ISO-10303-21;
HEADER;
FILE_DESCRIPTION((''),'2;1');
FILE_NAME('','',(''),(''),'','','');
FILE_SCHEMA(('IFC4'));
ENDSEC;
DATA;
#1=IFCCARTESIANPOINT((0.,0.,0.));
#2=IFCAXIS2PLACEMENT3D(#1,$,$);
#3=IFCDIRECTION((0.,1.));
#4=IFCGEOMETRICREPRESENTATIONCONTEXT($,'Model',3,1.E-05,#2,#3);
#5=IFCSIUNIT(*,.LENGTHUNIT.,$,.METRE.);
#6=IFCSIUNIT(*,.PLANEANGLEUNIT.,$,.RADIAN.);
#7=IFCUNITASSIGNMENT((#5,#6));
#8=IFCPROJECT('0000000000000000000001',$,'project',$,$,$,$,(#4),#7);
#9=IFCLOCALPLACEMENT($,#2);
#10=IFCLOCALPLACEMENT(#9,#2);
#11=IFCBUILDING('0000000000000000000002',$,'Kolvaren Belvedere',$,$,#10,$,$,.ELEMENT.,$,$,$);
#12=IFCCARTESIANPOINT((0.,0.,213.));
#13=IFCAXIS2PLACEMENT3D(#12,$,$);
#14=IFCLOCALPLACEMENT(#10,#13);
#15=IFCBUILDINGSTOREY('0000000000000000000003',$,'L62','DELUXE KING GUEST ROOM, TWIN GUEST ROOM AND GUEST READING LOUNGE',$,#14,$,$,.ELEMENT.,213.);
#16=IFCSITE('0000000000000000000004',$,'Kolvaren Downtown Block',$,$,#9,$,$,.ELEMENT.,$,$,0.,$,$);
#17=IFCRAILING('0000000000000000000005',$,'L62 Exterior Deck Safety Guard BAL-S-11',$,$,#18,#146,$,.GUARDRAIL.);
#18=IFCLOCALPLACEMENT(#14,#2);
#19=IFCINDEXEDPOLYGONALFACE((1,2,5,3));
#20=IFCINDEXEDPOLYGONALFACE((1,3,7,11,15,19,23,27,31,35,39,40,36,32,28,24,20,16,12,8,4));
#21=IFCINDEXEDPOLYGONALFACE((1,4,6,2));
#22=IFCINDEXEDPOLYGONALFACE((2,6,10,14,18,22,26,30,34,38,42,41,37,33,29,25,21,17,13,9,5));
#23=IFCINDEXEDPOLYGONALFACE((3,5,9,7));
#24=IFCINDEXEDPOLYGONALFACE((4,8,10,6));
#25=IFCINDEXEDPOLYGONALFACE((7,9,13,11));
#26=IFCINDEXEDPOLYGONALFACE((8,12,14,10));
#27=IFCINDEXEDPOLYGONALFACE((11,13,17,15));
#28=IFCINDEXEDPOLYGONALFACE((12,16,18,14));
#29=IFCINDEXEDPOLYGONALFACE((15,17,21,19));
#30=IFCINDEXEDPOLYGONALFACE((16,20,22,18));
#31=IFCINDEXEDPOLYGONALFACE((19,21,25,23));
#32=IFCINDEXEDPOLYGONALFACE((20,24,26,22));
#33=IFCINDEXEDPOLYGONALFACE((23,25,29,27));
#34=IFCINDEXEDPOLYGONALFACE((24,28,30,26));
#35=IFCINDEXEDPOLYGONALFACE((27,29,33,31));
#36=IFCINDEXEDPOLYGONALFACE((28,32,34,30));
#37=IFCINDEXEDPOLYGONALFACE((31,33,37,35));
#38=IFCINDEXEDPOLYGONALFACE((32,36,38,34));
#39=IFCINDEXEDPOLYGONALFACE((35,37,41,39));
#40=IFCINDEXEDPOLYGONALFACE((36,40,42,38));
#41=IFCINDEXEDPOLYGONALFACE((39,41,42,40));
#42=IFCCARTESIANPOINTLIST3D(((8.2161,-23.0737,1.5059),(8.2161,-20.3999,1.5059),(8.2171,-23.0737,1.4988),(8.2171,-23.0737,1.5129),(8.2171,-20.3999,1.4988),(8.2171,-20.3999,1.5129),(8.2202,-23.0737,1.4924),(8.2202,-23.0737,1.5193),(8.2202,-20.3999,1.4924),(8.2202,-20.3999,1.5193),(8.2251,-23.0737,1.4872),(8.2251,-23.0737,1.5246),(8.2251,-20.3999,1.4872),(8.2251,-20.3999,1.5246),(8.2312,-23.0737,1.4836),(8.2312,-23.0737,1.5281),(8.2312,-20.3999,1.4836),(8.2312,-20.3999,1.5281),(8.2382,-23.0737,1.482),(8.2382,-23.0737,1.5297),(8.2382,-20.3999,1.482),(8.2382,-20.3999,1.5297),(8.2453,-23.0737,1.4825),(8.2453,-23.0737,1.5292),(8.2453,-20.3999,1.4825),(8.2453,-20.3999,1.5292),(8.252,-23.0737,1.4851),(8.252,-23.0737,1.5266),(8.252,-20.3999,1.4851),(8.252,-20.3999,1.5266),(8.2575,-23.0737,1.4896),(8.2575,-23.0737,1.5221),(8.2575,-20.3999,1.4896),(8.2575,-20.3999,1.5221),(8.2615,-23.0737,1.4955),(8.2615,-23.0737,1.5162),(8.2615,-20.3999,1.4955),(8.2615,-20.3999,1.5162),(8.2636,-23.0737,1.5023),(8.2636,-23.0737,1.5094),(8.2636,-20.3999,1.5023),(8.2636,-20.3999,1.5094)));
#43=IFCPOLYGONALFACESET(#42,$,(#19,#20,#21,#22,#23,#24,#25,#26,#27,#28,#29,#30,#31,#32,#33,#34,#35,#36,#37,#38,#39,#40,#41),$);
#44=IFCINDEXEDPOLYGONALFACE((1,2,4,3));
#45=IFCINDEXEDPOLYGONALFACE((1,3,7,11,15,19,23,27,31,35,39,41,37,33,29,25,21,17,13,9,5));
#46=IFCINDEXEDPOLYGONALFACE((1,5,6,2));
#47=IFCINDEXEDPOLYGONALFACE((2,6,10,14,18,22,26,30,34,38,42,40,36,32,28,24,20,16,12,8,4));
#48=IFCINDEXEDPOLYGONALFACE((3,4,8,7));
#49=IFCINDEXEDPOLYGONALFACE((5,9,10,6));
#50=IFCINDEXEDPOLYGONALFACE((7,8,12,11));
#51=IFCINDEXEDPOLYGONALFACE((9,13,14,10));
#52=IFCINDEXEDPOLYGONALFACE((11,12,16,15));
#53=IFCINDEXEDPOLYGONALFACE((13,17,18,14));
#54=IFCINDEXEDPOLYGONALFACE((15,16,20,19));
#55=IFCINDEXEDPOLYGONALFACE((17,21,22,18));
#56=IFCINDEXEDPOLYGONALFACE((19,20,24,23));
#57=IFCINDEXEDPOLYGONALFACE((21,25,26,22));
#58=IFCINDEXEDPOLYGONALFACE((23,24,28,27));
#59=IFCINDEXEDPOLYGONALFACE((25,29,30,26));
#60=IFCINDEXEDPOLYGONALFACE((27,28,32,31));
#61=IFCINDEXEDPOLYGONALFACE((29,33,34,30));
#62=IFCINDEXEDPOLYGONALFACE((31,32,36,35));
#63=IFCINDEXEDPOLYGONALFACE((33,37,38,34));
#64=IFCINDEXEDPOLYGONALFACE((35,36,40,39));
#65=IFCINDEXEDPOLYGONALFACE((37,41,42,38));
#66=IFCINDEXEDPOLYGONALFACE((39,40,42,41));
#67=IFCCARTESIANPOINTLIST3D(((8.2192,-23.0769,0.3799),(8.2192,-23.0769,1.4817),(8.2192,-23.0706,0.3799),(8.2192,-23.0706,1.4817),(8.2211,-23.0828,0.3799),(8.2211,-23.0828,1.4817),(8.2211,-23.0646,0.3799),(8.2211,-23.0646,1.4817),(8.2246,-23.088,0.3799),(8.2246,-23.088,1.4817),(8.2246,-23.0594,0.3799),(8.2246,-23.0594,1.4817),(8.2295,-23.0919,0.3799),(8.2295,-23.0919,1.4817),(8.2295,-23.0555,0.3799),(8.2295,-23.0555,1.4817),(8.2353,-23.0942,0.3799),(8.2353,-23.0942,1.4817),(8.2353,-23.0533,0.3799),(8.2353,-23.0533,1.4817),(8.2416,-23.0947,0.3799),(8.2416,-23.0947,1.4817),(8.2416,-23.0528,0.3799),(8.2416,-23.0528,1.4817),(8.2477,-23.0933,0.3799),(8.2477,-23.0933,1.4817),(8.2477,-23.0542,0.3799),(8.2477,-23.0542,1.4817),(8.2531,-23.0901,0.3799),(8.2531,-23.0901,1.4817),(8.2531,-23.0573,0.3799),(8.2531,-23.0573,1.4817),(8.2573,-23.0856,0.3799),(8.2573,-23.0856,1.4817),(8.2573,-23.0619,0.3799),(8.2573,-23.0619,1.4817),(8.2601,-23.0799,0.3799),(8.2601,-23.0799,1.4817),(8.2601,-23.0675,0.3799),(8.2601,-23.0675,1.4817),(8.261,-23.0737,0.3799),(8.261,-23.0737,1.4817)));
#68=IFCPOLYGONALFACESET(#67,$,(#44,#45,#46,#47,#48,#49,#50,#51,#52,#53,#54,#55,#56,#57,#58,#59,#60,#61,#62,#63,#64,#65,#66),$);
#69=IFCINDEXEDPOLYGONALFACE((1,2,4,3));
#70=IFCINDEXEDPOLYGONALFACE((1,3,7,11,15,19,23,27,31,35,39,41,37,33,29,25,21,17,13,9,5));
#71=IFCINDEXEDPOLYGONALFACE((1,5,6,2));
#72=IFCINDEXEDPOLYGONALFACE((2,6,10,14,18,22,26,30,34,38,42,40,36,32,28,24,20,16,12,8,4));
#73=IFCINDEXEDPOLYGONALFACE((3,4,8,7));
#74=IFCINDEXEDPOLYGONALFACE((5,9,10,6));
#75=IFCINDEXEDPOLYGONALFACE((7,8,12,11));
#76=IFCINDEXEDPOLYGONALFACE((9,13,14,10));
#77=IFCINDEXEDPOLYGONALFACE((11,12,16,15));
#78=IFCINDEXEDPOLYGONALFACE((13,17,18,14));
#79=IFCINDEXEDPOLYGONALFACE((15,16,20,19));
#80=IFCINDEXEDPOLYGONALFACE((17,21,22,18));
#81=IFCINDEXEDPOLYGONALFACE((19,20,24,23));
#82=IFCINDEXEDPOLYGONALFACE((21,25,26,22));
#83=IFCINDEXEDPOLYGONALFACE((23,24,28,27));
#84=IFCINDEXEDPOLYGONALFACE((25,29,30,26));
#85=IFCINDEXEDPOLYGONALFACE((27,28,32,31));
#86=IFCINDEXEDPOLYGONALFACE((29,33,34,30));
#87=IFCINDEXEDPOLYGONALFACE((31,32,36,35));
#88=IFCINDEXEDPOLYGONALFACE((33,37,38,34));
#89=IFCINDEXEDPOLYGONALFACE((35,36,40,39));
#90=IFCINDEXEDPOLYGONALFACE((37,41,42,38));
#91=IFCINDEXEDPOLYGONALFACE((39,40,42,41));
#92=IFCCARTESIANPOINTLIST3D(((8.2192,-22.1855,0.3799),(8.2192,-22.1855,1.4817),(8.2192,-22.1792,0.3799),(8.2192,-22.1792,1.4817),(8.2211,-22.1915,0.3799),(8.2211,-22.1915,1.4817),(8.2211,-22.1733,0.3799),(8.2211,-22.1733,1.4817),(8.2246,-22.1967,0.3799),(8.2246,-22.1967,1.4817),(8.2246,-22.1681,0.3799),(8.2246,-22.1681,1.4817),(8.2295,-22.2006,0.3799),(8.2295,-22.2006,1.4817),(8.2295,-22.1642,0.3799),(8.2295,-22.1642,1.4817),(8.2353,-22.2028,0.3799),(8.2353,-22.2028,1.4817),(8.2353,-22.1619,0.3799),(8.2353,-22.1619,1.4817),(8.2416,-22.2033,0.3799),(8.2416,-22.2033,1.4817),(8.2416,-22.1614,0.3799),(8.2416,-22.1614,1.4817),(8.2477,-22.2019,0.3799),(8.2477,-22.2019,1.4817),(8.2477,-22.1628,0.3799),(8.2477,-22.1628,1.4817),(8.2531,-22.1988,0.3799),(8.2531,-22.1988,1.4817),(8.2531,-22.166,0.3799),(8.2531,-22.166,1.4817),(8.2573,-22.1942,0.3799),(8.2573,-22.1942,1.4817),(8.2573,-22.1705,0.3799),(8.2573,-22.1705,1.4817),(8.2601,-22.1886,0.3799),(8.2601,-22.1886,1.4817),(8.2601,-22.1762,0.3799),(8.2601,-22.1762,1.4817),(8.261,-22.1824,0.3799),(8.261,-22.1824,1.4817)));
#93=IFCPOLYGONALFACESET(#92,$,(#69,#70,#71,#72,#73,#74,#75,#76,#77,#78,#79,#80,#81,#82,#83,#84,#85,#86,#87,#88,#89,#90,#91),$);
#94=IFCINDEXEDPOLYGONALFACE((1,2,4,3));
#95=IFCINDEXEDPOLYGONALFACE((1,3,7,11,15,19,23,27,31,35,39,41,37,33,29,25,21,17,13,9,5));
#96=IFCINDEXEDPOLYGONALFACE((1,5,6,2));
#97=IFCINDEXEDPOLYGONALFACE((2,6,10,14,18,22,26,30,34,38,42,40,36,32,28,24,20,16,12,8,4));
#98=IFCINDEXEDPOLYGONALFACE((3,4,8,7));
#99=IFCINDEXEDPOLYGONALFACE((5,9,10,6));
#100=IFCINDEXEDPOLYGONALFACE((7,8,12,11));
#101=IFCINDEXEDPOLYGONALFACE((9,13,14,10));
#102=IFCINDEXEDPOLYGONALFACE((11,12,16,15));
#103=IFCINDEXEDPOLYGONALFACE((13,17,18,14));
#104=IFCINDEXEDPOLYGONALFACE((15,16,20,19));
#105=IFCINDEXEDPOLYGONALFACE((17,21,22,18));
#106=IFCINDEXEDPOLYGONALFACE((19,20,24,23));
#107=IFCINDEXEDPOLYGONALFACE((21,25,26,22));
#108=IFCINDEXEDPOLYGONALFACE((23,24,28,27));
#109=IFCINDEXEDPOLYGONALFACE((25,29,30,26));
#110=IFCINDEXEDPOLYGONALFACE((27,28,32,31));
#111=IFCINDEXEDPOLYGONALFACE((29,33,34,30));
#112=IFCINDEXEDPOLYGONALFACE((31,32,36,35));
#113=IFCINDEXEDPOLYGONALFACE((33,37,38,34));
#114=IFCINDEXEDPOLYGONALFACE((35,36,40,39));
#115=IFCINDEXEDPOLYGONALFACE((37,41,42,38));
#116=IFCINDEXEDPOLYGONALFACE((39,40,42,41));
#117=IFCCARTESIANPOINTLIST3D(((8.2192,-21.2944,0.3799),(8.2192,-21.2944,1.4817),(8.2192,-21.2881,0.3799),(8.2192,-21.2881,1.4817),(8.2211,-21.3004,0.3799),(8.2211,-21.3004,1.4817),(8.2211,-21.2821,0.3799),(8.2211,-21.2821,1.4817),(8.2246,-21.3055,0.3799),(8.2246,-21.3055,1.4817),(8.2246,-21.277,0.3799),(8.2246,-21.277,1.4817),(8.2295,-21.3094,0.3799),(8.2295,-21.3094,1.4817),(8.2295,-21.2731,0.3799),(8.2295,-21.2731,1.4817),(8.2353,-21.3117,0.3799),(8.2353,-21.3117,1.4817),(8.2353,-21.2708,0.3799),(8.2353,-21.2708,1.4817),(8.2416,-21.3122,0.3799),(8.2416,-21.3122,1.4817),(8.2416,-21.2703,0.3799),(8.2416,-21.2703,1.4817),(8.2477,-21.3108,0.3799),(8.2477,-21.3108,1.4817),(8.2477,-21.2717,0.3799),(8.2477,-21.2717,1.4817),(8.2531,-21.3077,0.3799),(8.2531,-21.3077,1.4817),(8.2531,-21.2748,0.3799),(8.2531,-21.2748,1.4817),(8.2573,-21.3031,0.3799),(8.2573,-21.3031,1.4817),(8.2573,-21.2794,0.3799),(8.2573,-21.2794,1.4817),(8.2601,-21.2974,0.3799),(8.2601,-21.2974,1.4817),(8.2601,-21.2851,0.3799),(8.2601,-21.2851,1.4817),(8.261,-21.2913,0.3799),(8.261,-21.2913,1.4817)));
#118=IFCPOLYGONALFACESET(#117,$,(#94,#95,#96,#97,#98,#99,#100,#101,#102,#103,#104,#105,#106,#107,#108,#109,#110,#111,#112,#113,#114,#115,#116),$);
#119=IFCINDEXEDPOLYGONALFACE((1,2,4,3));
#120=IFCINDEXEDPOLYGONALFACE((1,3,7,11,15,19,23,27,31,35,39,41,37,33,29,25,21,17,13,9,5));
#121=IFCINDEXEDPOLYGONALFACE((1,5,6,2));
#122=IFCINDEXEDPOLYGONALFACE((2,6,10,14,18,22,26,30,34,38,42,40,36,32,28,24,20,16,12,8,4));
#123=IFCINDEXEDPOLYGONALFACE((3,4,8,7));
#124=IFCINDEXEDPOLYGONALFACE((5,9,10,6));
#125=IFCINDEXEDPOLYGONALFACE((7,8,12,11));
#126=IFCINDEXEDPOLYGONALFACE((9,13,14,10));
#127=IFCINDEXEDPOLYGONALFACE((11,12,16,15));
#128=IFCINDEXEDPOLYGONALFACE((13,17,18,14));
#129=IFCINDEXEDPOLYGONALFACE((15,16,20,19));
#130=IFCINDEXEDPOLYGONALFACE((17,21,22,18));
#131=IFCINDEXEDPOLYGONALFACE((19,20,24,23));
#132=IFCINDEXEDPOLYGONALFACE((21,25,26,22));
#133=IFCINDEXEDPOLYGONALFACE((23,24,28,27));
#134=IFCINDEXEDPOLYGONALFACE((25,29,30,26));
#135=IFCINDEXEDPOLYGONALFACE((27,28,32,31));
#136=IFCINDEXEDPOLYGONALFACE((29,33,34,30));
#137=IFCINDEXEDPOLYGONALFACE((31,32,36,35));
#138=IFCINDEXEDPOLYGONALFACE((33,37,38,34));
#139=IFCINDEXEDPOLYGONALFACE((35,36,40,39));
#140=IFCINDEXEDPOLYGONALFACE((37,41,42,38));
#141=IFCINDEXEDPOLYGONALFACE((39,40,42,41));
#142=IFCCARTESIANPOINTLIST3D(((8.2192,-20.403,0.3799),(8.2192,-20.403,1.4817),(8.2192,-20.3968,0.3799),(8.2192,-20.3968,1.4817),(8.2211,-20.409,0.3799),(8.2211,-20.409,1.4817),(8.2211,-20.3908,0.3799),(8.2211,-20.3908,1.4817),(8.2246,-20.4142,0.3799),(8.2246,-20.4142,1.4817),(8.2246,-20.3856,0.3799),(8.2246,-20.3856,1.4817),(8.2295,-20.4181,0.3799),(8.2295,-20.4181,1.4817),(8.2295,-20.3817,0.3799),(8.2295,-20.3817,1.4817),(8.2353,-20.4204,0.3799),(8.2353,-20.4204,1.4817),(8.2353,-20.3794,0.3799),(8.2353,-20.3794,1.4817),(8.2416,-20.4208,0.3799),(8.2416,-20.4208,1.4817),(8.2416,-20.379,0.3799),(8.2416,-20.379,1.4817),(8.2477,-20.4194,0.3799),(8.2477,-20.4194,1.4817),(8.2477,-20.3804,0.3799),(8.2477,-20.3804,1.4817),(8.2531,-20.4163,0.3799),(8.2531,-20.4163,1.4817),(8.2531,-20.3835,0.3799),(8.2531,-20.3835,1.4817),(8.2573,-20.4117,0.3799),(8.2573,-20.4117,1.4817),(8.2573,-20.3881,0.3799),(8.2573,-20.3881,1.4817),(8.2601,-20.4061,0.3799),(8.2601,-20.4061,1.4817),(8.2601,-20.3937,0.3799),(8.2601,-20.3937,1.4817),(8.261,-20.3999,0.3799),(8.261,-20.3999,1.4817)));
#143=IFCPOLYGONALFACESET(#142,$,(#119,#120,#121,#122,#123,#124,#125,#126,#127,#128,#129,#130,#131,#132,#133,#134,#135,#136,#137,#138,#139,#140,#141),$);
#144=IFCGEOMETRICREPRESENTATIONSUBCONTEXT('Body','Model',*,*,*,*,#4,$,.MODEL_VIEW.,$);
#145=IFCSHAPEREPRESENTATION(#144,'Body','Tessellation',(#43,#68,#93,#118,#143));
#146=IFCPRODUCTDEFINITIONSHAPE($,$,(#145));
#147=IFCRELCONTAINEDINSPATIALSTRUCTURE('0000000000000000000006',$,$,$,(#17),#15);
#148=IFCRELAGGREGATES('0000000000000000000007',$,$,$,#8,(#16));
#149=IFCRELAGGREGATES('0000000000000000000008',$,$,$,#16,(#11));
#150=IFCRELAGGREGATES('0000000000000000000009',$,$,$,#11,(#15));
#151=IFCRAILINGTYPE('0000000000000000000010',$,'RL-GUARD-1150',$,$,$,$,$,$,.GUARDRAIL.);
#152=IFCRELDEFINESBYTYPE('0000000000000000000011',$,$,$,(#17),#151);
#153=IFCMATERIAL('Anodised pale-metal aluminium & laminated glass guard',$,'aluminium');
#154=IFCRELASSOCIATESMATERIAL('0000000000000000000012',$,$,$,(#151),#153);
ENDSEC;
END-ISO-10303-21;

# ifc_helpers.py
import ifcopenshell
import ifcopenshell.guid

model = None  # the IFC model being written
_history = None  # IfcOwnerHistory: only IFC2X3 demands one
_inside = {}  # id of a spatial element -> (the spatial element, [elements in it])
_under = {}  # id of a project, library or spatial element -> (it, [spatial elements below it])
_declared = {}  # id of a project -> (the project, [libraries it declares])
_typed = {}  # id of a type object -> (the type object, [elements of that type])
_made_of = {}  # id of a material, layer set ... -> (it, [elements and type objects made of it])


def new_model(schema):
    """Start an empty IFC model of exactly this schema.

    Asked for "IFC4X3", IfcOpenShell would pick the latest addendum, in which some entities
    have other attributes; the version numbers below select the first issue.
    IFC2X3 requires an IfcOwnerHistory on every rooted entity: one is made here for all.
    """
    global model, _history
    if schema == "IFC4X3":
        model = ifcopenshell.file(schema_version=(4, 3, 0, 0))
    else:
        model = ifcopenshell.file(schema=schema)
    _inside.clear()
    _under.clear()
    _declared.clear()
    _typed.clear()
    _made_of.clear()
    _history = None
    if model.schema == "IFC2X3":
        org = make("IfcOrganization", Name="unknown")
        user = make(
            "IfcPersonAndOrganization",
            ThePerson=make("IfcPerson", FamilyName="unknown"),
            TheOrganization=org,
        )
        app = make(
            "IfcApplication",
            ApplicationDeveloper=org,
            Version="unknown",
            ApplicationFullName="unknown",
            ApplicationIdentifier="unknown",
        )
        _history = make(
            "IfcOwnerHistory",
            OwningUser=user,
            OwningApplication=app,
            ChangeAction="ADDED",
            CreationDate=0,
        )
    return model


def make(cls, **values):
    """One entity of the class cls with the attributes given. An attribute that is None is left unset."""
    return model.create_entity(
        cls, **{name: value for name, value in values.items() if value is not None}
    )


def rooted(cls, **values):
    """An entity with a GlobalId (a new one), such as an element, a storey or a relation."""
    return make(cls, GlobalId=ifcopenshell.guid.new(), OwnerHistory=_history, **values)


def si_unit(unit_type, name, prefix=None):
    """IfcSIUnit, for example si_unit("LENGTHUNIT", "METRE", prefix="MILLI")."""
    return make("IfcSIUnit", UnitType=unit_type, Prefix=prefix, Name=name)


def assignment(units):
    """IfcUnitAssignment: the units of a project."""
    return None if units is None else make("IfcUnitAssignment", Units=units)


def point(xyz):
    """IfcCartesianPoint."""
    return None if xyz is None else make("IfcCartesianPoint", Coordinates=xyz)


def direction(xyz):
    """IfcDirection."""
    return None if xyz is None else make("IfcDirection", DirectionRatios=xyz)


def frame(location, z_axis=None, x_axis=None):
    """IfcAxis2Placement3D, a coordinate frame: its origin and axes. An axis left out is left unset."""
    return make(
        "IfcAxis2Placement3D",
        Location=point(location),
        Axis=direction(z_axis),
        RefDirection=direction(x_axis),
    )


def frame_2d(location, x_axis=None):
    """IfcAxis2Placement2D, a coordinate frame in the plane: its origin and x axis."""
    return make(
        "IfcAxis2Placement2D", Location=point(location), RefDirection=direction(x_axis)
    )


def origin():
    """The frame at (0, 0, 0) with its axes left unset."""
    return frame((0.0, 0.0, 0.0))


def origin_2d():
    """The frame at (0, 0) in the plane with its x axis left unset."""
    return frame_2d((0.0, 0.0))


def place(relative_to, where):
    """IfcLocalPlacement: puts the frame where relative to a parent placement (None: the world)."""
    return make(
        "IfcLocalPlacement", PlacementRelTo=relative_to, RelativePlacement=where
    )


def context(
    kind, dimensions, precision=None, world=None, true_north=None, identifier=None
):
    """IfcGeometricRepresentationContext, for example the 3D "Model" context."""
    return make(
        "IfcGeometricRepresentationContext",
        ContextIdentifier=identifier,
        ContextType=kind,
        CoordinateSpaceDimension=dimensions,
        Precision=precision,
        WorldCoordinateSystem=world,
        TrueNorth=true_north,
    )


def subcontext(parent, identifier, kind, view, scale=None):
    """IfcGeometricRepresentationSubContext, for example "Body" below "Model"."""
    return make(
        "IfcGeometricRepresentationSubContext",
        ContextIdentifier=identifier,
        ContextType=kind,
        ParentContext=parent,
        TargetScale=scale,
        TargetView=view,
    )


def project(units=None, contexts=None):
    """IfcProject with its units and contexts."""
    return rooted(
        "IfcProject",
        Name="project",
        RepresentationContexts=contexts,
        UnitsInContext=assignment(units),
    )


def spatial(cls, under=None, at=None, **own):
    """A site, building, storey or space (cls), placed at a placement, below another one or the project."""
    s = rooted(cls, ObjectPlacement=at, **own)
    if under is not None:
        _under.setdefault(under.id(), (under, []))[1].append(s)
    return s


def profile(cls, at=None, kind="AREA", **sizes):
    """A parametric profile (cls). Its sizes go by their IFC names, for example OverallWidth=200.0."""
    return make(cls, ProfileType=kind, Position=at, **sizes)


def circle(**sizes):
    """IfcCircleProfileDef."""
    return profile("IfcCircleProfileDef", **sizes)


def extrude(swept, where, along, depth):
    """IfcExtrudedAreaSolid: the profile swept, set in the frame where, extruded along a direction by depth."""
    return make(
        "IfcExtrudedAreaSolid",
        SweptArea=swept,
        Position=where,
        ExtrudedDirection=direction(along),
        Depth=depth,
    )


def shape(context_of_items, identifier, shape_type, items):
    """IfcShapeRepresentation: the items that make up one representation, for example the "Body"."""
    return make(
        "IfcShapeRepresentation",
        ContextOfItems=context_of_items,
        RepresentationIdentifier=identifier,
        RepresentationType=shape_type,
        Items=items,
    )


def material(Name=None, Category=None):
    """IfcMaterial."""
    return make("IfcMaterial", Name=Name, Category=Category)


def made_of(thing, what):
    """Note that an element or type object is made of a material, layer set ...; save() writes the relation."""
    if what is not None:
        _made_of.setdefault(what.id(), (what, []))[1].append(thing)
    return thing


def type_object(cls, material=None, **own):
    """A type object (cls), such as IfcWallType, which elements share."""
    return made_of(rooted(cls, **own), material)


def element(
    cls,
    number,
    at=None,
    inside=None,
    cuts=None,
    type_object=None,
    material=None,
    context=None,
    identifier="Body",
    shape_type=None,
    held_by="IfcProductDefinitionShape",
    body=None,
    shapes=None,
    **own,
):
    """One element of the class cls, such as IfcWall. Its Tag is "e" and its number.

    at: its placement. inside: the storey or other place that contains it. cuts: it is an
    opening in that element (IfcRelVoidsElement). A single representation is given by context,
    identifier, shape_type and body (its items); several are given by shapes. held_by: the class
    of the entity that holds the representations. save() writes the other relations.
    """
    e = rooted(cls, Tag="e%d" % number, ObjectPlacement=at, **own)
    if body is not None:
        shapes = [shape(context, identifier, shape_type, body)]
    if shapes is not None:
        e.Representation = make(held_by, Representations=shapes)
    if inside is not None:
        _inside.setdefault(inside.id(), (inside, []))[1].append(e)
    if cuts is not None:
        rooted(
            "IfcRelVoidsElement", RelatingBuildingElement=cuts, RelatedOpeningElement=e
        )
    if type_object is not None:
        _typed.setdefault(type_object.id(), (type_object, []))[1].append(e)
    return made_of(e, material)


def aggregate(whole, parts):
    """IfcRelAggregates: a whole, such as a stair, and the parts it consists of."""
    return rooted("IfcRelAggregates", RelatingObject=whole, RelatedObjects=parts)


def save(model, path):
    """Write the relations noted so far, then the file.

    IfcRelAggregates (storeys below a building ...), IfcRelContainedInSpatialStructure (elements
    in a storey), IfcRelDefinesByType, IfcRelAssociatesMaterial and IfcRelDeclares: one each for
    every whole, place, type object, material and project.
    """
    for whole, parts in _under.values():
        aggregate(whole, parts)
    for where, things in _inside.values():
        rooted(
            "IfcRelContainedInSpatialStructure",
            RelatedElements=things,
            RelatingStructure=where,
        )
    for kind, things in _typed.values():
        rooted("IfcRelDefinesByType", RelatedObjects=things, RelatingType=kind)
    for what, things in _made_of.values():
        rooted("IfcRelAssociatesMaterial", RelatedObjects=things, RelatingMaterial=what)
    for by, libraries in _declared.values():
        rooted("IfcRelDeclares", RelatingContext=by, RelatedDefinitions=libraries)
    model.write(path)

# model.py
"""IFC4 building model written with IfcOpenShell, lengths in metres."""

from ifc_helpers import new_model, si_unit, direction, frame, origin, origin_2d, place, context, subcontext, project, spatial, circle, extrude, material, type_object, element, save


model = new_model("IFC4")

# Units and contexts
model_context = context("Model", 3, precision=1e-05, world=origin(), true_north=direction((0.0, 1.0)))
body_context = subcontext(model_context, "Body", "Model", "MODEL_VIEW")
ifc_project = project(units=[si_unit("LENGTHUNIT", "METRE"), si_unit("PLANEANGLEUNIT", "RADIAN")], contexts=[model_context])

# Site, building, storey
site_placement = place(None, origin())
site = spatial("IfcSite", under=ifc_project, at=site_placement, Name="Kolvaren Downtown Block", CompositionType="ELEMENT", RefElevation=0.0)
building_placement = place(site_placement, origin())
building = spatial("IfcBuilding", under=site, at=building_placement, Name="Kolvaren Belvedere", CompositionType="ELEMENT")
storey_placement = place(building_placement, frame((0.0, 0.0, 213.0)))
storey = spatial("IfcBuildingStorey", under=building, at=storey_placement, Name="L62", Description="DELUXE KING GUEST ROOM, TWIN GUEST ROOM AND GUEST READING LOUNGE", CompositionType="ELEMENT", Elevation=213.0)

# Railing
ifc_material_1 = material(Name="Anodised pale-metal aluminium & laminated glass guard", Category="aluminium")
railing_type = type_object("IfcRailingType", Name="RL-GUARD-1150", PredefinedType="GUARDRAIL", material=ifc_material_1)
railing_1_placement = place(storey_placement, frame((8.24, -23.0737, 0.3799)))
element("IfcRailing", 1, at=railing_1_placement, inside=storey, type_object=railing_type, Name="L62 Exterior Deck Safety Guard BAL-S-11", PredefinedType="GUARDRAIL", context=body_context, shape_type="SweptSolid", body=[
    extrude(circle(Radius=0.0239, at=origin_2d()), frame((0.0, 0.0, 1.126), z_axis=(0.0, 1.0, 0.0), x_axis=(-1.0, 0.0, 0.0)), (0.0, 0.0, 1.0), 2.6738),
    extrude(circle(Radius=0.021, at=origin_2d()), origin(), (0.0, 0.0, 1.0), 1.1018),
    extrude(circle(Radius=0.021, at=origin_2d()), frame((0.0, 0.8914, 0.0)), (0.0, 0.0, 1.0), 1.1018),
    extrude(circle(Radius=0.021, at=origin_2d()), frame((0.0, 1.7825, 0.0)), (0.0, 0.0, 1.0), 1.1018),
    extrude(circle(Radius=0.021, at=origin_2d()), frame((0.0, 2.6738, 0.0)), (0.0, 0.0, 1.0), 1.1018),
])

save(model, "model.ifc")
